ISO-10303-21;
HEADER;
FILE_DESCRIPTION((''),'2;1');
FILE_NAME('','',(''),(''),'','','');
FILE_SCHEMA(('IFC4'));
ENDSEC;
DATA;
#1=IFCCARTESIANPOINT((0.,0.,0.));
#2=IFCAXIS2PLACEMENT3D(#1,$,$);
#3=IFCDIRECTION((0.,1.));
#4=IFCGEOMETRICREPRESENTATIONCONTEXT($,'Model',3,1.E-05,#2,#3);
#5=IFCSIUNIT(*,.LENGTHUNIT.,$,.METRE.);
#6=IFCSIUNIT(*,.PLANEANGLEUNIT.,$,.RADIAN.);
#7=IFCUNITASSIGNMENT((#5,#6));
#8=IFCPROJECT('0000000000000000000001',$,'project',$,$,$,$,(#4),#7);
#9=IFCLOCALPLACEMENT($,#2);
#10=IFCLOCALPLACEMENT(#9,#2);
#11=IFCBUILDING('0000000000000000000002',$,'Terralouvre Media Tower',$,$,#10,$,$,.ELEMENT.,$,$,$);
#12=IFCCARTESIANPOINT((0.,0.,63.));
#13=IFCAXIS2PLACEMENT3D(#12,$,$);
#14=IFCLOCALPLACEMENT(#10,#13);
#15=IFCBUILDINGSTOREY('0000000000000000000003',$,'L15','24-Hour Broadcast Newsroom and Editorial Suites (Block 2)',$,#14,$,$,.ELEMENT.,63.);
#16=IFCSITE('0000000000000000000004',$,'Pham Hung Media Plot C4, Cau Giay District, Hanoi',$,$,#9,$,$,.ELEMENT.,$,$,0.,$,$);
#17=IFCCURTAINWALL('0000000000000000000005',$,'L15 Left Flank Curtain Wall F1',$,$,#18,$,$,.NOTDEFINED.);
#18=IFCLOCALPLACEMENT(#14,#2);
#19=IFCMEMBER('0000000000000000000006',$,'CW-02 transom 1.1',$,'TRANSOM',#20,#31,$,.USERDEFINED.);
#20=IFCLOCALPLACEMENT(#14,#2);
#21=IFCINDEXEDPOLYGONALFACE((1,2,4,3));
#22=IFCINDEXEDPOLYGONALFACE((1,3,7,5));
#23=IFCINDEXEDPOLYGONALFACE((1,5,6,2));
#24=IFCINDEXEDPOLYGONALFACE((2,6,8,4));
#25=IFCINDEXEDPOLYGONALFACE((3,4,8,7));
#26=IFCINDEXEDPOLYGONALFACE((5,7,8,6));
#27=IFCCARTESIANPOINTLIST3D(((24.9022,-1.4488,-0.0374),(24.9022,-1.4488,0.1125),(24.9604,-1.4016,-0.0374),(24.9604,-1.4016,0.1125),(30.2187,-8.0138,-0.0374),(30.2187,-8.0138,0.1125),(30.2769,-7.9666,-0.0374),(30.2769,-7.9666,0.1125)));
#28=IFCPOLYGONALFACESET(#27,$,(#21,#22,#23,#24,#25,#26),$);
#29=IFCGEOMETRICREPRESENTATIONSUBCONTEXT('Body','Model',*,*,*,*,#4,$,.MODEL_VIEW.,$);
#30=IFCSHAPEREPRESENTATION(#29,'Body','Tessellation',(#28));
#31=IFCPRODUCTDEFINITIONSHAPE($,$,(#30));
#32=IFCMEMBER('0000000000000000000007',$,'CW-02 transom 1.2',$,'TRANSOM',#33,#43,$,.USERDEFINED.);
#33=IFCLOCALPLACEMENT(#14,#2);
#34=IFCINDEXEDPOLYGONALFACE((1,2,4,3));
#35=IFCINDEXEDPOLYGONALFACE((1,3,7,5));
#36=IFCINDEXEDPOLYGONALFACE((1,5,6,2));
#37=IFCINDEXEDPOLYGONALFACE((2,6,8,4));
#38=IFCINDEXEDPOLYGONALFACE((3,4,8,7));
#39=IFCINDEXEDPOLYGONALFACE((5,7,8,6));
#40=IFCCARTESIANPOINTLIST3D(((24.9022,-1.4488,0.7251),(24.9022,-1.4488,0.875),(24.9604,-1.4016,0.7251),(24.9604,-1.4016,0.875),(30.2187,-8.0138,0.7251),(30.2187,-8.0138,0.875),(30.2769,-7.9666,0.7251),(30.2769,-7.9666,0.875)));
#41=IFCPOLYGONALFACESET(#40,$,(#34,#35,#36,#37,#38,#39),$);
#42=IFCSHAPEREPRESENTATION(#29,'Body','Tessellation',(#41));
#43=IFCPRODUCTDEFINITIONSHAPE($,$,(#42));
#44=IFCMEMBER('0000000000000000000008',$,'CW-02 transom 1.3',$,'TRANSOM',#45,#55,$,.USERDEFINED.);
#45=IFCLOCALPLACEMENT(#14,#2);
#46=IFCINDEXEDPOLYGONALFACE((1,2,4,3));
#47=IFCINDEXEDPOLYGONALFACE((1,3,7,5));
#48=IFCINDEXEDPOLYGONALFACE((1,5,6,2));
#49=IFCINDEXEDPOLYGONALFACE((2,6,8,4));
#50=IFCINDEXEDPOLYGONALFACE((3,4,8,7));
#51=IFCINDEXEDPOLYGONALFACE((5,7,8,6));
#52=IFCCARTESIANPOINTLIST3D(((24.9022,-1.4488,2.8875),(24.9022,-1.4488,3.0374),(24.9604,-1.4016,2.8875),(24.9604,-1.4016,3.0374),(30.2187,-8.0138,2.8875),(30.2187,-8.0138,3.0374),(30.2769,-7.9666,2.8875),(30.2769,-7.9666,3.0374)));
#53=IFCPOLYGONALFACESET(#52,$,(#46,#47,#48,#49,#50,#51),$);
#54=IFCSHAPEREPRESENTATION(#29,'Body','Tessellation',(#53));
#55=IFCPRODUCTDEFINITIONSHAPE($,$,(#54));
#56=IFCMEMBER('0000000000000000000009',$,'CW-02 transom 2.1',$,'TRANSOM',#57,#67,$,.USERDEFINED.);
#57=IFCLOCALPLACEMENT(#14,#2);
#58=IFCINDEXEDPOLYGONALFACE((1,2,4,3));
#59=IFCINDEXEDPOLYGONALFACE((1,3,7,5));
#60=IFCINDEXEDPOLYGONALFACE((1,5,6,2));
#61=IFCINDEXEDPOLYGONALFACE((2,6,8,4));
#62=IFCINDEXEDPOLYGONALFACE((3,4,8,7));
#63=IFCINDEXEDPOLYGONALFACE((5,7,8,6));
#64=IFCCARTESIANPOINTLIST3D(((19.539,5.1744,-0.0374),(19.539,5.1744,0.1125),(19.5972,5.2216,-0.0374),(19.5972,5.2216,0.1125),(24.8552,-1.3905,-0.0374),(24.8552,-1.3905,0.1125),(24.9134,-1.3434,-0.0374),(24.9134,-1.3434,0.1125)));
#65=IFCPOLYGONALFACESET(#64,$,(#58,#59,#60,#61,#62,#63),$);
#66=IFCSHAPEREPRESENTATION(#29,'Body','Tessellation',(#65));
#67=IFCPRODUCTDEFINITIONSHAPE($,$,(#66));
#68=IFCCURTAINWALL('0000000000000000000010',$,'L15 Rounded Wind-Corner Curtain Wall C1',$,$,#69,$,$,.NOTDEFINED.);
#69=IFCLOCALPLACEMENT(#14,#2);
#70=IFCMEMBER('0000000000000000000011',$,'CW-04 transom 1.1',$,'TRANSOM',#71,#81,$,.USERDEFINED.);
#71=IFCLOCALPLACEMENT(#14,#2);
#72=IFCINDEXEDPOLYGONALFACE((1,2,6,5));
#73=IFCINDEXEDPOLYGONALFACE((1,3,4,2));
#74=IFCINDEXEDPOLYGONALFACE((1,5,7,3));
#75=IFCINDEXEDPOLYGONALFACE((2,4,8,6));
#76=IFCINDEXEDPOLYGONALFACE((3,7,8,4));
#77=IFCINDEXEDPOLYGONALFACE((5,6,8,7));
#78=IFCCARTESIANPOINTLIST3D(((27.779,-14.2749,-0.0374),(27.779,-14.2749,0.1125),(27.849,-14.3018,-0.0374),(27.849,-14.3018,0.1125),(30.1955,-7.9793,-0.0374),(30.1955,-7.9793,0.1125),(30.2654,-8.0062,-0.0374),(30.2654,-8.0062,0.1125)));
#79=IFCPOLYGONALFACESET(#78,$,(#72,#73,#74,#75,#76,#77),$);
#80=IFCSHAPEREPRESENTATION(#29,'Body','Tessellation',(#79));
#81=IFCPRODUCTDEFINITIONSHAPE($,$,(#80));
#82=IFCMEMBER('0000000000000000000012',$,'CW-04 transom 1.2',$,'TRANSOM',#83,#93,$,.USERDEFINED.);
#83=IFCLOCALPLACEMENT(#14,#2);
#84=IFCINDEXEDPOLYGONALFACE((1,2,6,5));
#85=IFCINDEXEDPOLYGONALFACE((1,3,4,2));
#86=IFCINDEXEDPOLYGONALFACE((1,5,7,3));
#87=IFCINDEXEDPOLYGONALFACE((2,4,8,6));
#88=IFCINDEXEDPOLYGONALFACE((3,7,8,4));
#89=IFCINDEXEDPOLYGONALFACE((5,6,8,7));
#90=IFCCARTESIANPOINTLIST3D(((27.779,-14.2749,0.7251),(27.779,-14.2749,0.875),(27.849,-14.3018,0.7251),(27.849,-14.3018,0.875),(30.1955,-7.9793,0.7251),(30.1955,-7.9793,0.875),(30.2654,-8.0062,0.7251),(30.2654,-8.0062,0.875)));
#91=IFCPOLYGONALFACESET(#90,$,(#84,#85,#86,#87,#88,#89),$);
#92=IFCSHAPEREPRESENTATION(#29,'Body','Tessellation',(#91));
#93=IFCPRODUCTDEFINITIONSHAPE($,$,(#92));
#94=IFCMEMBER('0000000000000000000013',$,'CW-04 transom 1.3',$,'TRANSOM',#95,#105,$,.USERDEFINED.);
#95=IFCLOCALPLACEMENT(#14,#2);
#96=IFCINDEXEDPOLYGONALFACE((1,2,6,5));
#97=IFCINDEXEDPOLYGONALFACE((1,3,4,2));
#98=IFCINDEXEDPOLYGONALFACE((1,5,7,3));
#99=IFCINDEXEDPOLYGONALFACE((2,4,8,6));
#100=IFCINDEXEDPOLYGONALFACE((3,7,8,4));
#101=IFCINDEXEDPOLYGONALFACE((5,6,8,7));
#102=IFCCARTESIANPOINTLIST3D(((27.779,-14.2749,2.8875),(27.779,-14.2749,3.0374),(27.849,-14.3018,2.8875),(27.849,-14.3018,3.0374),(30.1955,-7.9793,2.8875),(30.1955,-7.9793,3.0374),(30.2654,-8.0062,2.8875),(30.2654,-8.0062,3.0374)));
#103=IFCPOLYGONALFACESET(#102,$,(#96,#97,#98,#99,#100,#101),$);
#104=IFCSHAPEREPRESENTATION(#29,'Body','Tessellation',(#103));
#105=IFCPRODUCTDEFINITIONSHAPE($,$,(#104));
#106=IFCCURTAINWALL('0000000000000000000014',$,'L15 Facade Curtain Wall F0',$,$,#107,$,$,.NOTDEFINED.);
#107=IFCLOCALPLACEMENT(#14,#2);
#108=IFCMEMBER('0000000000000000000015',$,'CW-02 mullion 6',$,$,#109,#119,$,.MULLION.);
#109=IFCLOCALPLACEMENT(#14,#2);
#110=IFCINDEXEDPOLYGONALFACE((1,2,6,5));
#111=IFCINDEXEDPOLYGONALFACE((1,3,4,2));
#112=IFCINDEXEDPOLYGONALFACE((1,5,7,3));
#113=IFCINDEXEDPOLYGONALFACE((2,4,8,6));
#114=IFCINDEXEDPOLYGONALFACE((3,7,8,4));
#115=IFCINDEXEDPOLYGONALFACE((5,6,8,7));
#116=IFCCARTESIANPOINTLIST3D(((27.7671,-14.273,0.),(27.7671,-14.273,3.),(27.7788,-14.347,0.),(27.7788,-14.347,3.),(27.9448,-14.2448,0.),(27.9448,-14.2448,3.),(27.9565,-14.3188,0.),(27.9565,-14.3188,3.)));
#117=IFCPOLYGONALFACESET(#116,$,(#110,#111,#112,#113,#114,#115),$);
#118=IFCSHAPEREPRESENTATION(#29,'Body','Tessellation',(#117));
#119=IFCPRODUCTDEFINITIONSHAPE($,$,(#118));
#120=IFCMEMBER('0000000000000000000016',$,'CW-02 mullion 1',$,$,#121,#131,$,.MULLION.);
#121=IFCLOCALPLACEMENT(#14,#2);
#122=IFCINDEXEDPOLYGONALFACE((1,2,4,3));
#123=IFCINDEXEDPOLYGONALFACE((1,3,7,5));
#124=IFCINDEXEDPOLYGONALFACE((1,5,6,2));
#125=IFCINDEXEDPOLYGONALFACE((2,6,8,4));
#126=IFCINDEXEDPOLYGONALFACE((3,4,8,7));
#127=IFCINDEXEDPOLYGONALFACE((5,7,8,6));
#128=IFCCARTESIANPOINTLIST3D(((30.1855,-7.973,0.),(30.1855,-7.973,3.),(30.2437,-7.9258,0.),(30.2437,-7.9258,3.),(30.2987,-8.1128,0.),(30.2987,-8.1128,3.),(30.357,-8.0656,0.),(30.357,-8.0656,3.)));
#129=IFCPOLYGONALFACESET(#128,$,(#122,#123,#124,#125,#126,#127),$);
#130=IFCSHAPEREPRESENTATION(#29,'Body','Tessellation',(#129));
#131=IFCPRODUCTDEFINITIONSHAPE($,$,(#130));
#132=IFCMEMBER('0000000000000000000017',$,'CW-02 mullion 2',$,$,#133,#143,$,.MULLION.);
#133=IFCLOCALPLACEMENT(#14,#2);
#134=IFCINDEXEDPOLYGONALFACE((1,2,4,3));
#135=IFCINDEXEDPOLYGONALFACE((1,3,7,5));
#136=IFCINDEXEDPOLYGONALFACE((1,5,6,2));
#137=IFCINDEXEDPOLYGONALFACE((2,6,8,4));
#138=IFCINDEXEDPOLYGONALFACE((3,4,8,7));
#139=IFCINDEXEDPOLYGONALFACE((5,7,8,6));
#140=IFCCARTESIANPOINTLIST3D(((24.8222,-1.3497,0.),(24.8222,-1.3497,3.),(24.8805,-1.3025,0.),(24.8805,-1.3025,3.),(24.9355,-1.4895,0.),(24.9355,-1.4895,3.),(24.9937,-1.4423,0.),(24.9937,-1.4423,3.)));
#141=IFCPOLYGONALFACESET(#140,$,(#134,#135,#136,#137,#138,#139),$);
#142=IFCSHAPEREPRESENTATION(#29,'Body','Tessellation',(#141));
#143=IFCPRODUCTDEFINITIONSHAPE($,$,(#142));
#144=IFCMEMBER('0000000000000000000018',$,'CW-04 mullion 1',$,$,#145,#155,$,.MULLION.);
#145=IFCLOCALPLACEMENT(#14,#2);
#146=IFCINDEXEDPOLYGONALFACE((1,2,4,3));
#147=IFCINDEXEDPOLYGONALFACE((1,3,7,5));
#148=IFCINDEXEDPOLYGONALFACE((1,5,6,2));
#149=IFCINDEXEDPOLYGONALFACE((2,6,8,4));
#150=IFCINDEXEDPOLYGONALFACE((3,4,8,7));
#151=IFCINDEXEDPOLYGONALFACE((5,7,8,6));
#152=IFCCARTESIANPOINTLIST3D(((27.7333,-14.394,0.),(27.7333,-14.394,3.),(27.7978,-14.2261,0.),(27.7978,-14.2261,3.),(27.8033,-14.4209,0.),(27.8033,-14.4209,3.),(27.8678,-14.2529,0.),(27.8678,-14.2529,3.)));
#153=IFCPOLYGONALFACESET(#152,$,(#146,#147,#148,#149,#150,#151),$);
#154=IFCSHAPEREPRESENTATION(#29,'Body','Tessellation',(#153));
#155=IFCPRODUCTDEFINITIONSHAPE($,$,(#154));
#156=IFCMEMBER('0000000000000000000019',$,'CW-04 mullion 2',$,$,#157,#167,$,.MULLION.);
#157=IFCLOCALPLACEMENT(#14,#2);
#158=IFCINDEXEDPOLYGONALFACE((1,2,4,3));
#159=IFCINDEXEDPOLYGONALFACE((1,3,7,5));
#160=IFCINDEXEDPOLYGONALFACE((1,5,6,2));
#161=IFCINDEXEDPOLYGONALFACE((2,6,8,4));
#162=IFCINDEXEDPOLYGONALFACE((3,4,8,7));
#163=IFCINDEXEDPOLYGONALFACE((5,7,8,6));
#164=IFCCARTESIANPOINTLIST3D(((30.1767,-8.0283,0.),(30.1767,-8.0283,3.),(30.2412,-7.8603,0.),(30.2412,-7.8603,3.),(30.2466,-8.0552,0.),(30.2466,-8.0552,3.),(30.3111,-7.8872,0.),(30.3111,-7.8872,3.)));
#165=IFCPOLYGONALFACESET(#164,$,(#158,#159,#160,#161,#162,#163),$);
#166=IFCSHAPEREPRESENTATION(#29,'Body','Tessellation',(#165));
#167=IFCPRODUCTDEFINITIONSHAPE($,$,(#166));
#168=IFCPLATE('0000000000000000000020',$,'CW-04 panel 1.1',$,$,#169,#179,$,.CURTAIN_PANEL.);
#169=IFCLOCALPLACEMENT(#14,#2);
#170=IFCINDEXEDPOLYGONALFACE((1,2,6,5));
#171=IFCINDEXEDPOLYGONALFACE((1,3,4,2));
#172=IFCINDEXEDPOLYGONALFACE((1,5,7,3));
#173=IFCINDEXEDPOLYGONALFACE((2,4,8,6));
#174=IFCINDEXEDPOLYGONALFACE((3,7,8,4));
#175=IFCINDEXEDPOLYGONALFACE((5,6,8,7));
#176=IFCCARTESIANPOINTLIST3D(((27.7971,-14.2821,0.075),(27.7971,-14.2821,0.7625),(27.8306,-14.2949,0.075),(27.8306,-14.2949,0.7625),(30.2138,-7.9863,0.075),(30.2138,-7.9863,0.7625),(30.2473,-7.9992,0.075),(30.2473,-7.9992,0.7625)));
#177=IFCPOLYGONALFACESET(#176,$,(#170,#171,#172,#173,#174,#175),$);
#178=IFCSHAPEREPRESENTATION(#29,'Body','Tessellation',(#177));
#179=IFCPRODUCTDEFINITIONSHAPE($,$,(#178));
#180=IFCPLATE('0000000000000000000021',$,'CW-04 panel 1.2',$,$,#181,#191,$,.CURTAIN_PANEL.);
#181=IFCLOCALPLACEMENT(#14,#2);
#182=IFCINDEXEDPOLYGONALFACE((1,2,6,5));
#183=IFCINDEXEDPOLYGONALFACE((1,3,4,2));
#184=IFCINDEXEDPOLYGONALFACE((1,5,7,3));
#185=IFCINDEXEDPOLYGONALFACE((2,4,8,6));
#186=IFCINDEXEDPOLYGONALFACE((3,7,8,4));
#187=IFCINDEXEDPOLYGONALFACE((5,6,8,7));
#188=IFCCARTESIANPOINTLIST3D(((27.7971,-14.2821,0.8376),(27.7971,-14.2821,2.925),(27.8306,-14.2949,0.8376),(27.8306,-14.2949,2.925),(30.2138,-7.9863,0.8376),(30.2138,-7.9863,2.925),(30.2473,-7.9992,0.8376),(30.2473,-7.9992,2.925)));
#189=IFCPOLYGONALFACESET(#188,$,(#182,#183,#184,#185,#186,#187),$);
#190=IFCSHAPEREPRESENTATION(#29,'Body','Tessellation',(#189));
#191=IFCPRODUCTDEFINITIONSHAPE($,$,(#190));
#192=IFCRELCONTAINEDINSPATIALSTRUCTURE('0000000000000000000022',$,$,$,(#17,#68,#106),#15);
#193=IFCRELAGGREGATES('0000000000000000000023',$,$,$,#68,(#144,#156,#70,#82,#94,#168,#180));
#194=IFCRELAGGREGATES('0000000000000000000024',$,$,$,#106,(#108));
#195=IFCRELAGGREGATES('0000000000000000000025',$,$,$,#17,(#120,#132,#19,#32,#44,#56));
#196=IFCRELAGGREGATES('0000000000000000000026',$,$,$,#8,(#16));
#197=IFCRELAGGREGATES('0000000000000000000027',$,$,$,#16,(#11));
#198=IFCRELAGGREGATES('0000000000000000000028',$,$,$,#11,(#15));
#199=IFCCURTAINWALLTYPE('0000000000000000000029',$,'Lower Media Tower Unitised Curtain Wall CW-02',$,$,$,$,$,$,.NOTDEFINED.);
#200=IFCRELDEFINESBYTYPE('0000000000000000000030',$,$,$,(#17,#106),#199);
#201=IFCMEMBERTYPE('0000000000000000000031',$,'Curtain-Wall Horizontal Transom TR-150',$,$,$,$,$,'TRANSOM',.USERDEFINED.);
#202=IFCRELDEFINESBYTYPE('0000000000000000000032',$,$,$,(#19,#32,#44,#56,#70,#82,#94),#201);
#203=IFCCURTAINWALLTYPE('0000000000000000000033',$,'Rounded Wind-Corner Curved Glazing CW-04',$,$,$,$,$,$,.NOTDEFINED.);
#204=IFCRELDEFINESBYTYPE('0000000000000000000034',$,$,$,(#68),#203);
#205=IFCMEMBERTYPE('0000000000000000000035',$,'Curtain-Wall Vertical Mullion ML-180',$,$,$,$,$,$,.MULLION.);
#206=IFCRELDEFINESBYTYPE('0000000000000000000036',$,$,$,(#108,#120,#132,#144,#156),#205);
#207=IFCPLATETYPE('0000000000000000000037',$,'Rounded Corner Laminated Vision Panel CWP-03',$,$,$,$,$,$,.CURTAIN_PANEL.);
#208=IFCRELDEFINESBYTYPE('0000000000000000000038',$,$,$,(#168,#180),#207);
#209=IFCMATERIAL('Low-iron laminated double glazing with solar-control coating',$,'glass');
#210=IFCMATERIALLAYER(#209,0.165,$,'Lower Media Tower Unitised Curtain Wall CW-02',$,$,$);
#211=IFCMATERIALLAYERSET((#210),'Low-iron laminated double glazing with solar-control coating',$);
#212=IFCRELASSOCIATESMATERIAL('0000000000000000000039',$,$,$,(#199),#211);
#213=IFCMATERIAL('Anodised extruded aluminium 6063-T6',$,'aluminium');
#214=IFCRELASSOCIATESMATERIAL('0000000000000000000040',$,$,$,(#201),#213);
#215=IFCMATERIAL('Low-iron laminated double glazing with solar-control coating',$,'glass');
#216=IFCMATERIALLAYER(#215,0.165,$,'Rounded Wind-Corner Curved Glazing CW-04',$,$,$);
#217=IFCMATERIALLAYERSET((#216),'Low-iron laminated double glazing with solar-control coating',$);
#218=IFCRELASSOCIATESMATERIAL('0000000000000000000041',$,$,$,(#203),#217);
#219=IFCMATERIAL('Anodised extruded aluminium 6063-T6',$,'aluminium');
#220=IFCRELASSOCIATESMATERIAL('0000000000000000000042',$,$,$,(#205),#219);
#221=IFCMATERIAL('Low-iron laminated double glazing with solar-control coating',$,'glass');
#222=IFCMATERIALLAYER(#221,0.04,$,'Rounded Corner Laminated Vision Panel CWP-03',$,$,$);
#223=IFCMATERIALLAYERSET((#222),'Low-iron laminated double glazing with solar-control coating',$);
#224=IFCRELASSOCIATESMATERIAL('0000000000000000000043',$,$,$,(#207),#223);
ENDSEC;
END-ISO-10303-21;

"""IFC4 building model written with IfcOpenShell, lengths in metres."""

from ifc_helpers import new_model, si_unit, direction, frame, origin, origin_2d, place, context, subcontext, project, spatial, rectangle, extrude, material, layer, layer_set, material_profile, profile_set, type_object, element, aggregate, save


model = new_model("IFC4")

# Units and contexts
model_context = context("Model", 3, precision=1e-05, world=origin(), true_north=direction((0.0, 1.0)))
body_context = subcontext(model_context, "Body", "Model", "MODEL_VIEW")
ifc_project = project(units=[si_unit("LENGTHUNIT", "METRE"), si_unit("PLANEANGLEUNIT", "RADIAN")], contexts=[model_context])

# Site, building, storey
site_placement = place(None, origin())
site = spatial("IfcSite", under=ifc_project, at=site_placement, Name="Pham Hung Media Plot C4, Cau Giay District, Hanoi", CompositionType="ELEMENT", RefElevation=0.0)
building_placement = place(site_placement, origin())
building = spatial("IfcBuilding", under=site, at=building_placement, Name="Terralouvre Media Tower", CompositionType="ELEMENT")
storey_placement = place(building_placement, frame((0.0, 0.0, 63.0)))
storey = spatial("IfcBuildingStorey", under=building, at=storey_placement, Name="L15", Description="24-Hour Broadcast Newsroom and Editorial Suites (Block 2)", CompositionType="ELEMENT", Elevation=63.0)

# Curtain walls, members
ifc_material_1 = material(Name="Low-iron laminated double glazing with solar-control coating", Category="glass")
ifc_layer_1 = layer(ifc_material_1, 0.165, Name="Lower Media Tower Unitised Curtain Wall CW-02")
ifc_layer_set_1 = layer_set([ifc_layer_1], Name="Low-iron laminated double glazing with solar-control coating")
curtain_wall_type_1 = type_object("IfcCurtainWallType", Name="Lower Media Tower Unitised Curtain Wall CW-02", PredefinedType="NOTDEFINED", material=ifc_layer_set_1)
curtain_wall_1_placement = place(storey_placement, origin())
curtain_wall_1 = element("IfcCurtainWall", 1, at=curtain_wall_1_placement, inside=storey, type_object=curtain_wall_type_1, Name="L15 Left Flank Curtain Wall F1", PredefinedType="NOTDEFINED")
ifc_material_2 = material(Name="Anodised extruded aluminium 6063-T6", Category="aluminium")
ifc_material_profile_1 = material_profile(ifc_material_2, rectangle(XDim=0.075, YDim=0.1499, at=origin_2d()), Name="ALU 75x150")
ifc_profile_set_1 = profile_set([ifc_material_profile_1], Name="Anodised extruded aluminium 6063-T6")
member_type_1 = type_object("IfcMemberType", Name="Curtain-Wall Horizontal Transom TR-150", ElementType="TRANSOM", PredefinedType="USERDEFINED", material=ifc_profile_set_1)
member_1_placement = place(storey_placement, frame((30.2478, -7.9902, 0.0376), z_axis=(-0.629336, 0.777133, 0.0), x_axis=(-0.777133, -0.629336, 0.0)))
member_1 = element("IfcMember", 2, at=member_1_placement, type_object=member_type_1, Name="CW-02 transom 1.1", ObjectType="TRANSOM", PredefinedType="USERDEFINED", context=body_context, shape_type="SweptSolid", body=[
    extrude(rectangle(XDim=0.075, YDim=0.1499, at=origin_2d()), origin(), (0.0, 0.0, 1.0), 8.4478),
])
member_2_placement = place(storey_placement, frame((30.2478, -7.9902, 0.8), z_axis=(-0.629336, 0.777133, 0.0), x_axis=(-0.777133, -0.629336, 0.0)))
member_2 = element("IfcMember", 3, at=member_2_placement, type_object=member_type_1, Name="CW-02 transom 1.2", ObjectType="TRANSOM", PredefinedType="USERDEFINED", context=body_context, shape_type="SweptSolid", body=[
    extrude(rectangle(XDim=0.075, YDim=0.1499, at=origin_2d()), origin(), (0.0, 0.0, 1.0), 8.4478),
])
member_3_placement = place(storey_placement, frame((30.2478, -7.9902, 2.9624), z_axis=(-0.629336, 0.777133, 0.0), x_axis=(-0.777133, -0.629336, 0.0)))
member_3 = element("IfcMember", 4, at=member_3_placement, type_object=member_type_1, Name="CW-02 transom 1.3", ObjectType="TRANSOM", PredefinedType="USERDEFINED", context=body_context, shape_type="SweptSolid", body=[
    extrude(rectangle(XDim=0.075, YDim=0.1499, at=origin_2d()), origin(), (0.0, 0.0, 1.0), 8.4478),
])
member_4_placement = place(storey_placement, frame((24.8843, -1.3669, 0.0376), z_axis=(-0.629319, 0.777147, 0.0), x_axis=(-0.777147, -0.629319, 0.0)))
member_4 = element("IfcMember", 5, at=member_4_placement, type_object=member_type_1, Name="CW-02 transom 2.1", ObjectType="TRANSOM", PredefinedType="USERDEFINED", context=body_context, shape_type="SweptSolid", body=[
    extrude(rectangle(XDim=0.075, YDim=0.1499, at=origin_2d()), origin(), (0.0, 0.0, 1.0), 8.4475),
])
ifc_material_3 = material(Name="Low-iron laminated double glazing with solar-control coating", Category="glass")
ifc_layer_2 = layer(ifc_material_3, 0.165, Name="Rounded Wind-Corner Curved Glazing CW-04")
ifc_layer_set_2 = layer_set([ifc_layer_2], Name="Low-iron laminated double glazing with solar-control coating")
curtain_wall_type_2 = type_object("IfcCurtainWallType", Name="Rounded Wind-Corner Curved Glazing CW-04", PredefinedType="NOTDEFINED", material=ifc_layer_set_2)
curtain_wall_2_placement = place(storey_placement, origin())
curtain_wall_2 = element("IfcCurtainWall", 6, at=curtain_wall_2_placement, inside=storey, type_object=curtain_wall_type_2, Name="L15 Rounded Wind-Corner Curtain Wall C1", PredefinedType="NOTDEFINED")
member_5_placement = place(storey_placement, frame((27.814, -14.2883, 0.0376), z_axis=(0.358346, 0.933589, 0.0), x_axis=(-0.933589, 0.358346, 0.0)))
member_5 = element("IfcMember", 7, at=member_5_placement, type_object=member_type_1, Name="CW-04 transom 1.1", ObjectType="TRANSOM", PredefinedType="USERDEFINED", context=body_context, shape_type="SweptSolid", body=[
    extrude(rectangle(XDim=0.075, YDim=0.1499, at=origin_2d()), origin(), (0.0, 0.0, 1.0), 6.7434),
])
member_6_placement = place(storey_placement, frame((27.814, -14.2883, 0.8), z_axis=(0.358346, 0.933589, 0.0), x_axis=(-0.933589, 0.358346, 0.0)))
member_6 = element("IfcMember", 8, at=member_6_placement, type_object=member_type_1, Name="CW-04 transom 1.2", ObjectType="TRANSOM", PredefinedType="USERDEFINED", context=body_context, shape_type="SweptSolid", body=[
    extrude(rectangle(XDim=0.075, YDim=0.1499, at=origin_2d()), origin(), (0.0, 0.0, 1.0), 6.7434),
])
member_7_placement = place(storey_placement, frame((27.814, -14.2883, 2.9624), z_axis=(0.358346, 0.933589, 0.0), x_axis=(-0.933589, 0.358346, 0.0)))
member_7 = element("IfcMember", 9, at=member_7_placement, type_object=member_type_1, Name="CW-04 transom 1.3", ObjectType="TRANSOM", PredefinedType="USERDEFINED", context=body_context, shape_type="SweptSolid", body=[
    extrude(rectangle(XDim=0.075, YDim=0.1499, at=origin_2d()), origin(), (0.0, 0.0, 1.0), 6.7434),
])

# Curtain wall, member
curtain_wall_3_placement = place(storey_placement, origin())
curtain_wall_3 = element("IfcCurtainWall", 10, at=curtain_wall_3_placement, inside=storey, type_object=curtain_wall_type_1, Name="L15 Facade Curtain Wall F0", PredefinedType="NOTDEFINED")
ifc_material_4 = material(Name="Anodised extruded aluminium 6063-T6", Category="aluminium")
ifc_material_profile_2 = material_profile(ifc_material_4, rectangle(XDim=0.075, YDim=0.1799, at=origin_2d()), Name="ALU 75x180")
ifc_profile_set_2 = profile_set([ifc_material_profile_2], Name="Anodised extruded aluminium 6063-T6")
member_type_2 = type_object("IfcMemberType", Name="Curtain-Wall Vertical Mullion ML-180", PredefinedType="MULLION", material=ifc_profile_set_2)
member_8_placement = place(storey_placement, frame((27.8618, -14.2959, 0.0), z_axis=(0.0, 0.0, 1.0), x_axis=(-0.156434, 0.987688, 0.0)))
member_8 = element("IfcMember", 11, at=member_8_placement, type_object=member_type_2, Name="CW-02 mullion 6", PredefinedType="MULLION", context=body_context, shape_type="SweptSolid", body=[
    extrude(rectangle(XDim=0.075, YDim=0.1799, at=origin_2d()), origin(), (0.0, 0.0, 1.0), 3.0),
])

# Members
member_9_placement = place(storey_placement, frame((30.2712, -8.0193, 0.0), z_axis=(0.0, 0.0, 1.0), x_axis=(-0.777146, -0.62932, 0.0)))
member_9 = element("IfcMember", 12, at=member_9_placement, type_object=member_type_2, Name="CW-02 mullion 1", PredefinedType="MULLION", context=body_context, shape_type="SweptSolid", body=[
    extrude(rectangle(XDim=0.075, YDim=0.1799, at=origin_2d()), origin(), (0.0, 0.0, 1.0), 3.0),
])
member_10_placement = place(storey_placement, frame((24.908, -1.396, 0.0), z_axis=(0.0, 0.0, 1.0), x_axis=(-0.777146, -0.62932, 0.0)))
member_10 = element("IfcMember", 13, at=member_10_placement, type_object=member_type_2, Name="CW-02 mullion 2", PredefinedType="MULLION", context=body_context, shape_type="SweptSolid", body=[
    extrude(rectangle(XDim=0.075, YDim=0.1799, at=origin_2d()), origin(), (0.0, 0.0, 1.0), 3.0),
])
member_11_placement = place(storey_placement, frame((27.8005, -14.3235, 0.0), z_axis=(0.0, 0.0, 1.0), x_axis=(-0.933581, 0.358367, 0.0)))
member_11 = element("IfcMember", 14, at=member_11_placement, type_object=member_type_2, Name="CW-04 mullion 1", PredefinedType="MULLION", context=body_context, shape_type="SweptSolid", body=[
    extrude(rectangle(XDim=0.075, YDim=0.1799, at=origin_2d()), origin(), (0.0, 0.0, 1.0), 3.0),
])
member_12_placement = place(storey_placement, frame((30.2439, -7.9578, 0.0), z_axis=(0.0, 0.0, 1.0), x_axis=(-0.933581, 0.358367, 0.0)))
member_12 = element("IfcMember", 15, at=member_12_placement, type_object=member_type_2, Name="CW-04 mullion 2", PredefinedType="MULLION", context=body_context, shape_type="SweptSolid", body=[
    extrude(rectangle(XDim=0.075, YDim=0.1799, at=origin_2d()), origin(), (0.0, 0.0, 1.0), 3.0),
])

# Plates
ifc_material_5 = material(Name="Low-iron laminated double glazing with solar-control coating", Category="glass")
ifc_layer_3 = layer(ifc_material_5, 0.04, Name="Rounded Corner Laminated Vision Panel CWP-03")
ifc_layer_set_3 = layer_set([ifc_layer_3], Name="Low-iron laminated double glazing with solar-control coating")
plate_type_1 = type_object("IfcPlateType", Name="Rounded Corner Laminated Vision Panel CWP-03", PredefinedType="CURTAIN_PANEL", material=ifc_layer_set_3)
plate_1_placement = place(storey_placement, frame((29.0222, -11.1406, 0.075), z_axis=(0.0, 0.0, 1.0), x_axis=(0.358367, 0.933581, 0.0)))
plate_1 = element("IfcPlate", 16, at=plate_1_placement, type_object=plate_type_1, Name="CW-04 panel 1.1", PredefinedType="CURTAIN_PANEL", context=body_context, shape_type="SweptSolid", body=[
    extrude(rectangle(XDim=6.7437, YDim=0.0359, at=origin_2d()), origin(), (0.0, 0.0, 1.0), 0.6875),
])
plate_2_placement = place(storey_placement, frame((29.0222, -11.1406, 0.8376), z_axis=(0.0, 0.0, 1.0), x_axis=(0.358367, 0.933581, 0.0)))
plate_2 = element("IfcPlate", 17, at=plate_2_placement, type_object=plate_type_1, Name="CW-04 panel 1.2", PredefinedType="CURTAIN_PANEL", context=body_context, shape_type="SweptSolid", body=[
    extrude(rectangle(XDim=6.7437, YDim=0.0359, at=origin_2d()), origin(), (0.0, 0.0, 1.0), 2.0874),
])
aggregate(curtain_wall_2, [member_11, member_12, member_5, member_6, member_7, plate_1, plate_2])
aggregate(curtain_wall_3, [member_8])
aggregate(curtain_wall_1, [member_9, member_10, member_1, member_2, member_3, member_4])

save(model, "model.ifc")
